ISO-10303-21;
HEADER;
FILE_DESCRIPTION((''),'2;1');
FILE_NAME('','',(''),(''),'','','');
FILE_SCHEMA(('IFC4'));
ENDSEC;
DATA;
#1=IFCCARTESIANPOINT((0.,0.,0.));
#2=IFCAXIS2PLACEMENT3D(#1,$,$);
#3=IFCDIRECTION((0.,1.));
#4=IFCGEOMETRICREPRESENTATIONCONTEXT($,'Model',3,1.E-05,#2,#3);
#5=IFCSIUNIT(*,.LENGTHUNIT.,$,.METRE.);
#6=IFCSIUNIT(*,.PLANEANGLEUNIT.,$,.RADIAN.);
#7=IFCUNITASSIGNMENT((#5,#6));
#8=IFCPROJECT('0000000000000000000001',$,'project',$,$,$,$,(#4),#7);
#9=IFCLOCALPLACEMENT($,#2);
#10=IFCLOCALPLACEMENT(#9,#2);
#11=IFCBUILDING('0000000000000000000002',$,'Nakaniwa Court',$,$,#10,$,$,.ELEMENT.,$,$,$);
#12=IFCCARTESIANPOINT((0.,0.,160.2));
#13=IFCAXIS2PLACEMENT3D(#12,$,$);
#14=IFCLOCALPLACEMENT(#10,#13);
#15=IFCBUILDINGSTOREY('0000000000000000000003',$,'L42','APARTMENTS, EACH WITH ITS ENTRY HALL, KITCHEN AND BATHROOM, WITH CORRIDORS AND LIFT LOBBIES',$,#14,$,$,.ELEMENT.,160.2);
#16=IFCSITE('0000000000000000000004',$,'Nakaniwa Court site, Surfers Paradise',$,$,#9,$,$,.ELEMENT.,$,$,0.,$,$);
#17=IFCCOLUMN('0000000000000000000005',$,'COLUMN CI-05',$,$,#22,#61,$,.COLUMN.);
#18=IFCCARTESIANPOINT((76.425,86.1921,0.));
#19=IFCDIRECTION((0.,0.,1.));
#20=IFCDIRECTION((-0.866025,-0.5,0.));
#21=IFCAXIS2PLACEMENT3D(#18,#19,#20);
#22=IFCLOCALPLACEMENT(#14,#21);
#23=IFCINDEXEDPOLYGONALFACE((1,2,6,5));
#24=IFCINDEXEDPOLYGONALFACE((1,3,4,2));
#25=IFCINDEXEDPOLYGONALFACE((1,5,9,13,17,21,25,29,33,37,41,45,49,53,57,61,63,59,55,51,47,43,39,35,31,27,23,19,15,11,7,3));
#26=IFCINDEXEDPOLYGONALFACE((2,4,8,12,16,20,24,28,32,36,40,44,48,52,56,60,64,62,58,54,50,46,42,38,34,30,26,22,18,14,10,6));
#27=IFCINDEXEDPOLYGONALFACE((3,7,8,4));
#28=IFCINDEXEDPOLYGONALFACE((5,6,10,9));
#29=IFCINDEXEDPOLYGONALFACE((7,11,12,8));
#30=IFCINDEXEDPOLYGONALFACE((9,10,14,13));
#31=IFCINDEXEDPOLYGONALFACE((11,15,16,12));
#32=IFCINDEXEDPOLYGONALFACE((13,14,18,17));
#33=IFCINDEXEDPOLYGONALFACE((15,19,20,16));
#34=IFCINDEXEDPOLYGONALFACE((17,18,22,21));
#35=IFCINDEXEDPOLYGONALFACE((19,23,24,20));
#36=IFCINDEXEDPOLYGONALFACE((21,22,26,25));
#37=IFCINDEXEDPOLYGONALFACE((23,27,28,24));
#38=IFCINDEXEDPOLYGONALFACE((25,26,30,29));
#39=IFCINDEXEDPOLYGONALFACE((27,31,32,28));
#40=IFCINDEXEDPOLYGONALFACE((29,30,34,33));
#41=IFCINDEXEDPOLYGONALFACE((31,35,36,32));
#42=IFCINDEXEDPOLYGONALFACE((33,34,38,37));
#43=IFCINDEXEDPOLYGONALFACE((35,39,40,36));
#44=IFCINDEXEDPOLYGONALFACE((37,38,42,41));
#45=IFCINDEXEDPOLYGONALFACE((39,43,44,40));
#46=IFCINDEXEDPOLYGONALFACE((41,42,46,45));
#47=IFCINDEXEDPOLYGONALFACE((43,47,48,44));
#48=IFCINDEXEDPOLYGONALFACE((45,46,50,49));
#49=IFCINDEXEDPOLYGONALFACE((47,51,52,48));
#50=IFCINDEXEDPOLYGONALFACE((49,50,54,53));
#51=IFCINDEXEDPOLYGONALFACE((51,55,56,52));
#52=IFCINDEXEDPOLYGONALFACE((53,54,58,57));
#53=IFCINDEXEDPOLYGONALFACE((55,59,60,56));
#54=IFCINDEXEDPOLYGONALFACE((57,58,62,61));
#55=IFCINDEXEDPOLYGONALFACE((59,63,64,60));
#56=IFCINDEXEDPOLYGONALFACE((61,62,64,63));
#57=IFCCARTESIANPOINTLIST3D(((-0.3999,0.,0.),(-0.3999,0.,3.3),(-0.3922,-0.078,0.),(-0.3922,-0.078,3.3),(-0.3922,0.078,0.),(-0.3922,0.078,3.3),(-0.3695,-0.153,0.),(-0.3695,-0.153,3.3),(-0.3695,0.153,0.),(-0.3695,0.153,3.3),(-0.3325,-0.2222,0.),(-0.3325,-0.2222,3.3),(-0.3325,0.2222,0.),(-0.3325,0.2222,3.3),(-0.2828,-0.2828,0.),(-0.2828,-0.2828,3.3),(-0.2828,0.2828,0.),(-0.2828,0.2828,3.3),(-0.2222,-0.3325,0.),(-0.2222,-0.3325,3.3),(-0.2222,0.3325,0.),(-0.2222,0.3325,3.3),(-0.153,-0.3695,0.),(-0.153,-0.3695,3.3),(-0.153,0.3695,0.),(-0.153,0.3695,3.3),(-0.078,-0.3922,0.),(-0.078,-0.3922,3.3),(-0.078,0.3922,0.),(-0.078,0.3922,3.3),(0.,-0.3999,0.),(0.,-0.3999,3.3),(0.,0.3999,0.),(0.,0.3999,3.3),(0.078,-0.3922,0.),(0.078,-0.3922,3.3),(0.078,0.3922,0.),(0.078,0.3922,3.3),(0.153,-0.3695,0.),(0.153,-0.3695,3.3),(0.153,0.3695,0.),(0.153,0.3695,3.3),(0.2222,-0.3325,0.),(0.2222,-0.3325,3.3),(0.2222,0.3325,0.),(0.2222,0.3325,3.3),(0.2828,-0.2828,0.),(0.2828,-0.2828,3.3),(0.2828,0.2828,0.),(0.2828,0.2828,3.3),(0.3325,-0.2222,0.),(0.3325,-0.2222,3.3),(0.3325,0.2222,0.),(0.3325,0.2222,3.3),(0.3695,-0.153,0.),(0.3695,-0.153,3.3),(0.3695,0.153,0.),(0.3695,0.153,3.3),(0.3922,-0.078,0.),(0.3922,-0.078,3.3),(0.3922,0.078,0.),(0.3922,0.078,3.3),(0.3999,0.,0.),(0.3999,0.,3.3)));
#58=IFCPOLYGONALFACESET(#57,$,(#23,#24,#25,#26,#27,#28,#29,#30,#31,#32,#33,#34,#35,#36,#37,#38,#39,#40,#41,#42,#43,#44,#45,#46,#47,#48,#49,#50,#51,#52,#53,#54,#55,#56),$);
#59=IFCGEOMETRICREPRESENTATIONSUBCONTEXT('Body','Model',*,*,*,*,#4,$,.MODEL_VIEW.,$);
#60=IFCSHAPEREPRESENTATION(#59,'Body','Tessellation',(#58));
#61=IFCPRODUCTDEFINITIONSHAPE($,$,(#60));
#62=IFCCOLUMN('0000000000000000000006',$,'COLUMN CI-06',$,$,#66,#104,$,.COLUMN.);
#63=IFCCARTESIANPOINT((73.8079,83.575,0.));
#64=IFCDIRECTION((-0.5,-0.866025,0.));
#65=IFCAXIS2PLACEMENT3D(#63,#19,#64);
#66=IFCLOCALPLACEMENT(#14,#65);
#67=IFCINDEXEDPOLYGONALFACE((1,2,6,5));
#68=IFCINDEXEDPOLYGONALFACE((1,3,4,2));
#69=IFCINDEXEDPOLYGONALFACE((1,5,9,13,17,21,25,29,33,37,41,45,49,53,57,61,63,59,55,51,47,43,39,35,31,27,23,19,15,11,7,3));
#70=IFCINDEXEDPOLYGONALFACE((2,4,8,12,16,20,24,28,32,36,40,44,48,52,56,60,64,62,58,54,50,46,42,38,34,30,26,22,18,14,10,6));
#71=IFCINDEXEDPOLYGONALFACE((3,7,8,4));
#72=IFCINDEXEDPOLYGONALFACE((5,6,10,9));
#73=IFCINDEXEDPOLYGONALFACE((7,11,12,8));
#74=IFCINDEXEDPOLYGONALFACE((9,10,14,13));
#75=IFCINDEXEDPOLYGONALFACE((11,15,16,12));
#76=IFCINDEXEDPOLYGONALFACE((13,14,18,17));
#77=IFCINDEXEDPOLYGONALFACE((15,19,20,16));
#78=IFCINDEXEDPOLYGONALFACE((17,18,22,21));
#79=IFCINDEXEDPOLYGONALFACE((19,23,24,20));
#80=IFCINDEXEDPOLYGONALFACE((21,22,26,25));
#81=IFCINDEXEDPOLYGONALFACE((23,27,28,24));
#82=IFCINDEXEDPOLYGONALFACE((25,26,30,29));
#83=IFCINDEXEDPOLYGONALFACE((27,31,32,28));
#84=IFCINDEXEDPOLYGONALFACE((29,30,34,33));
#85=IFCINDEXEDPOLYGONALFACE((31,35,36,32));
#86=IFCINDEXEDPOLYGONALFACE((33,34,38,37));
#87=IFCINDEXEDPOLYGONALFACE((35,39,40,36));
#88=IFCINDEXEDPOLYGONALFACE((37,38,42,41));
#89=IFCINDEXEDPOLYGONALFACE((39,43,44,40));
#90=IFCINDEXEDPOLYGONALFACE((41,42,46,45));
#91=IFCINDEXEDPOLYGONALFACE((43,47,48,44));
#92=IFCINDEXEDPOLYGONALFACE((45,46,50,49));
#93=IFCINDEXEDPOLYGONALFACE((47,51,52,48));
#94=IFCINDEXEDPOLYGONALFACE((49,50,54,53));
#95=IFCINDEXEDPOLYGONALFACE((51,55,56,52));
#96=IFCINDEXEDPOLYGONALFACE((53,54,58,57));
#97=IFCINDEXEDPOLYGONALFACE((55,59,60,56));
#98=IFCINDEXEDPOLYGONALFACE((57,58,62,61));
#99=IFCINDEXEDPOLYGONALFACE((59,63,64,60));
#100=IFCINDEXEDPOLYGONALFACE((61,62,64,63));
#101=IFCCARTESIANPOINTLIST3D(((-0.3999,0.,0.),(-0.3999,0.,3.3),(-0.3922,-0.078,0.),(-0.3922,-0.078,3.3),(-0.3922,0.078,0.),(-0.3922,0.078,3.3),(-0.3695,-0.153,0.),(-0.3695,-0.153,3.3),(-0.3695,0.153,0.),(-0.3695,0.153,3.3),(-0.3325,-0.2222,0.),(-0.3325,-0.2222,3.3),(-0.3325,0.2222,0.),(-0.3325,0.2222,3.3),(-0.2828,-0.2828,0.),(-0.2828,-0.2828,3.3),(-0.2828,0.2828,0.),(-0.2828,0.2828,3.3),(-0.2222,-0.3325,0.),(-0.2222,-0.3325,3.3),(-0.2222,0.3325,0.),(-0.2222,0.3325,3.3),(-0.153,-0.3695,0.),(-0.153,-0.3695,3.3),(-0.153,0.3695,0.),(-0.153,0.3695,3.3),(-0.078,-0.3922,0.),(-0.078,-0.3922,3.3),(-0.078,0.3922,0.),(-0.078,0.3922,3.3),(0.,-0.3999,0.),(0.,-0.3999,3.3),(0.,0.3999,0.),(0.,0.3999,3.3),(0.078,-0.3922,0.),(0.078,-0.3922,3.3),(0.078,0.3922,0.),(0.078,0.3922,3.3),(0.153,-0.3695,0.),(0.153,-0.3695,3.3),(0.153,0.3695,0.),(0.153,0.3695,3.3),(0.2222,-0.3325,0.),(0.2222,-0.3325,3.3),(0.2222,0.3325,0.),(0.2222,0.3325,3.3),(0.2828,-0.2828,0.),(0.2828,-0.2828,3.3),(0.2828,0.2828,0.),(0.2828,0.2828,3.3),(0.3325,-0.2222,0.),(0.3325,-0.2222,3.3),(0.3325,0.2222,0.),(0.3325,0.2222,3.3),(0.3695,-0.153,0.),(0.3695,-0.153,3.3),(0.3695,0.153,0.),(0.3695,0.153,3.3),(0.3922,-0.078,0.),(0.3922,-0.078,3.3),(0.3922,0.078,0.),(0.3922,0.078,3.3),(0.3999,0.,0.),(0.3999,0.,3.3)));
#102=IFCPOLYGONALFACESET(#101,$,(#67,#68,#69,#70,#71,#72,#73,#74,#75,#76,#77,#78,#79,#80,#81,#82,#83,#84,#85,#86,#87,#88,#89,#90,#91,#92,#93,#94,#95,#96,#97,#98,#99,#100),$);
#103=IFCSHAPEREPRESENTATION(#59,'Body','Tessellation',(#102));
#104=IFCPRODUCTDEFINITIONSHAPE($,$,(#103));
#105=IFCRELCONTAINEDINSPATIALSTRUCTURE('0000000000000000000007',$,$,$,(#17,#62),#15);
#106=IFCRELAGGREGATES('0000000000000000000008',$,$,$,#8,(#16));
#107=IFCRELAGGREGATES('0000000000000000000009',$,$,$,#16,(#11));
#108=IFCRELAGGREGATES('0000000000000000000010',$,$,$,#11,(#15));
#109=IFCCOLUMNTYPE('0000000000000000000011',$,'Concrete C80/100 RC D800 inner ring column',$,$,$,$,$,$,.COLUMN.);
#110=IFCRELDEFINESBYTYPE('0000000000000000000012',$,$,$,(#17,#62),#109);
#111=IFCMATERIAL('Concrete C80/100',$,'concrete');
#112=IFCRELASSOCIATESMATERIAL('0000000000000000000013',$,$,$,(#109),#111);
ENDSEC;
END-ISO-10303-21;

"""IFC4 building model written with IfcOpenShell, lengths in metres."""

from ifc_helpers import new_model, si_unit, direction, frame, origin, origin_2d, place, context, subcontext, project, spatial, circle, extrude, material, material_profile, profile_set, type_object, element, save


model = new_model("IFC4")

# Units and contexts
model_context = context("Model", 3, precision=1e-05, world=origin(), true_north=direction((0.0, 1.0)))
body_context = subcontext(model_context, "Body", "Model", "MODEL_VIEW")
ifc_project = project(units=[si_unit("LENGTHUNIT", "METRE"), si_unit("PLANEANGLEUNIT", "RADIAN")], contexts=[model_context])

# Site, building, storey
site_placement = place(None, origin())
site = spatial("IfcSite", under=ifc_project, at=site_placement, Name="Nakaniwa Court site, Surfers Paradise", CompositionType="ELEMENT", RefElevation=0.0)
building_placement = place(site_placement, origin())
building = spatial("IfcBuilding", under=site, at=building_placement, Name="Nakaniwa Court", CompositionType="ELEMENT")
storey_placement = place(building_placement, frame((0.0, 0.0, 160.2)))
storey = spatial("IfcBuildingStorey", under=building, at=storey_placement, Name="L42", Description="APARTMENTS, EACH WITH ITS ENTRY HALL, KITCHEN AND BATHROOM, WITH CORRIDORS AND LIFT LOBBIES", CompositionType="ELEMENT", Elevation=160.2)

# Columns
ifc_material_1 = material(Name="Concrete C80/100", Category="concrete")
ifc_material_profile_1 = material_profile(ifc_material_1, circle(Radius=0.3999, at=origin_2d()), Name="Concrete C80/100 RC D800 inner ring column")
ifc_profile_set_1 = profile_set([ifc_material_profile_1], Name="Concrete C80/100")
column_type_1 = type_object("IfcColumnType", Name="Concrete C80/100 RC D800 inner ring column", PredefinedType="COLUMN", material=ifc_profile_set_1)
for number, where, z_axis, x_axis, name in (
    (1, (76.425, 86.1921, 0.0), (0.0, 0.0, 1.0), (-0.866025, -0.5, 0.0), "COLUMN CI-05"),
    (2, (73.8079, 83.575, 0.0), (0.0, 0.0, 1.0), (-0.5, -0.866025, 0.0), "COLUMN CI-06"),
):
    element("IfcColumn", number, at=place(storey_placement, frame(where, z_axis=z_axis, x_axis=x_axis)), inside=storey, type_object=column_type_1, Name=name, PredefinedType="COLUMN", context=body_context, shape_type="SweptSolid", body=[
        extrude(circle(Radius=0.3999, at=origin_2d()), origin(), (0.0, 0.0, 1.0), 3.3),
    ])

save(model, "model.ifc")
